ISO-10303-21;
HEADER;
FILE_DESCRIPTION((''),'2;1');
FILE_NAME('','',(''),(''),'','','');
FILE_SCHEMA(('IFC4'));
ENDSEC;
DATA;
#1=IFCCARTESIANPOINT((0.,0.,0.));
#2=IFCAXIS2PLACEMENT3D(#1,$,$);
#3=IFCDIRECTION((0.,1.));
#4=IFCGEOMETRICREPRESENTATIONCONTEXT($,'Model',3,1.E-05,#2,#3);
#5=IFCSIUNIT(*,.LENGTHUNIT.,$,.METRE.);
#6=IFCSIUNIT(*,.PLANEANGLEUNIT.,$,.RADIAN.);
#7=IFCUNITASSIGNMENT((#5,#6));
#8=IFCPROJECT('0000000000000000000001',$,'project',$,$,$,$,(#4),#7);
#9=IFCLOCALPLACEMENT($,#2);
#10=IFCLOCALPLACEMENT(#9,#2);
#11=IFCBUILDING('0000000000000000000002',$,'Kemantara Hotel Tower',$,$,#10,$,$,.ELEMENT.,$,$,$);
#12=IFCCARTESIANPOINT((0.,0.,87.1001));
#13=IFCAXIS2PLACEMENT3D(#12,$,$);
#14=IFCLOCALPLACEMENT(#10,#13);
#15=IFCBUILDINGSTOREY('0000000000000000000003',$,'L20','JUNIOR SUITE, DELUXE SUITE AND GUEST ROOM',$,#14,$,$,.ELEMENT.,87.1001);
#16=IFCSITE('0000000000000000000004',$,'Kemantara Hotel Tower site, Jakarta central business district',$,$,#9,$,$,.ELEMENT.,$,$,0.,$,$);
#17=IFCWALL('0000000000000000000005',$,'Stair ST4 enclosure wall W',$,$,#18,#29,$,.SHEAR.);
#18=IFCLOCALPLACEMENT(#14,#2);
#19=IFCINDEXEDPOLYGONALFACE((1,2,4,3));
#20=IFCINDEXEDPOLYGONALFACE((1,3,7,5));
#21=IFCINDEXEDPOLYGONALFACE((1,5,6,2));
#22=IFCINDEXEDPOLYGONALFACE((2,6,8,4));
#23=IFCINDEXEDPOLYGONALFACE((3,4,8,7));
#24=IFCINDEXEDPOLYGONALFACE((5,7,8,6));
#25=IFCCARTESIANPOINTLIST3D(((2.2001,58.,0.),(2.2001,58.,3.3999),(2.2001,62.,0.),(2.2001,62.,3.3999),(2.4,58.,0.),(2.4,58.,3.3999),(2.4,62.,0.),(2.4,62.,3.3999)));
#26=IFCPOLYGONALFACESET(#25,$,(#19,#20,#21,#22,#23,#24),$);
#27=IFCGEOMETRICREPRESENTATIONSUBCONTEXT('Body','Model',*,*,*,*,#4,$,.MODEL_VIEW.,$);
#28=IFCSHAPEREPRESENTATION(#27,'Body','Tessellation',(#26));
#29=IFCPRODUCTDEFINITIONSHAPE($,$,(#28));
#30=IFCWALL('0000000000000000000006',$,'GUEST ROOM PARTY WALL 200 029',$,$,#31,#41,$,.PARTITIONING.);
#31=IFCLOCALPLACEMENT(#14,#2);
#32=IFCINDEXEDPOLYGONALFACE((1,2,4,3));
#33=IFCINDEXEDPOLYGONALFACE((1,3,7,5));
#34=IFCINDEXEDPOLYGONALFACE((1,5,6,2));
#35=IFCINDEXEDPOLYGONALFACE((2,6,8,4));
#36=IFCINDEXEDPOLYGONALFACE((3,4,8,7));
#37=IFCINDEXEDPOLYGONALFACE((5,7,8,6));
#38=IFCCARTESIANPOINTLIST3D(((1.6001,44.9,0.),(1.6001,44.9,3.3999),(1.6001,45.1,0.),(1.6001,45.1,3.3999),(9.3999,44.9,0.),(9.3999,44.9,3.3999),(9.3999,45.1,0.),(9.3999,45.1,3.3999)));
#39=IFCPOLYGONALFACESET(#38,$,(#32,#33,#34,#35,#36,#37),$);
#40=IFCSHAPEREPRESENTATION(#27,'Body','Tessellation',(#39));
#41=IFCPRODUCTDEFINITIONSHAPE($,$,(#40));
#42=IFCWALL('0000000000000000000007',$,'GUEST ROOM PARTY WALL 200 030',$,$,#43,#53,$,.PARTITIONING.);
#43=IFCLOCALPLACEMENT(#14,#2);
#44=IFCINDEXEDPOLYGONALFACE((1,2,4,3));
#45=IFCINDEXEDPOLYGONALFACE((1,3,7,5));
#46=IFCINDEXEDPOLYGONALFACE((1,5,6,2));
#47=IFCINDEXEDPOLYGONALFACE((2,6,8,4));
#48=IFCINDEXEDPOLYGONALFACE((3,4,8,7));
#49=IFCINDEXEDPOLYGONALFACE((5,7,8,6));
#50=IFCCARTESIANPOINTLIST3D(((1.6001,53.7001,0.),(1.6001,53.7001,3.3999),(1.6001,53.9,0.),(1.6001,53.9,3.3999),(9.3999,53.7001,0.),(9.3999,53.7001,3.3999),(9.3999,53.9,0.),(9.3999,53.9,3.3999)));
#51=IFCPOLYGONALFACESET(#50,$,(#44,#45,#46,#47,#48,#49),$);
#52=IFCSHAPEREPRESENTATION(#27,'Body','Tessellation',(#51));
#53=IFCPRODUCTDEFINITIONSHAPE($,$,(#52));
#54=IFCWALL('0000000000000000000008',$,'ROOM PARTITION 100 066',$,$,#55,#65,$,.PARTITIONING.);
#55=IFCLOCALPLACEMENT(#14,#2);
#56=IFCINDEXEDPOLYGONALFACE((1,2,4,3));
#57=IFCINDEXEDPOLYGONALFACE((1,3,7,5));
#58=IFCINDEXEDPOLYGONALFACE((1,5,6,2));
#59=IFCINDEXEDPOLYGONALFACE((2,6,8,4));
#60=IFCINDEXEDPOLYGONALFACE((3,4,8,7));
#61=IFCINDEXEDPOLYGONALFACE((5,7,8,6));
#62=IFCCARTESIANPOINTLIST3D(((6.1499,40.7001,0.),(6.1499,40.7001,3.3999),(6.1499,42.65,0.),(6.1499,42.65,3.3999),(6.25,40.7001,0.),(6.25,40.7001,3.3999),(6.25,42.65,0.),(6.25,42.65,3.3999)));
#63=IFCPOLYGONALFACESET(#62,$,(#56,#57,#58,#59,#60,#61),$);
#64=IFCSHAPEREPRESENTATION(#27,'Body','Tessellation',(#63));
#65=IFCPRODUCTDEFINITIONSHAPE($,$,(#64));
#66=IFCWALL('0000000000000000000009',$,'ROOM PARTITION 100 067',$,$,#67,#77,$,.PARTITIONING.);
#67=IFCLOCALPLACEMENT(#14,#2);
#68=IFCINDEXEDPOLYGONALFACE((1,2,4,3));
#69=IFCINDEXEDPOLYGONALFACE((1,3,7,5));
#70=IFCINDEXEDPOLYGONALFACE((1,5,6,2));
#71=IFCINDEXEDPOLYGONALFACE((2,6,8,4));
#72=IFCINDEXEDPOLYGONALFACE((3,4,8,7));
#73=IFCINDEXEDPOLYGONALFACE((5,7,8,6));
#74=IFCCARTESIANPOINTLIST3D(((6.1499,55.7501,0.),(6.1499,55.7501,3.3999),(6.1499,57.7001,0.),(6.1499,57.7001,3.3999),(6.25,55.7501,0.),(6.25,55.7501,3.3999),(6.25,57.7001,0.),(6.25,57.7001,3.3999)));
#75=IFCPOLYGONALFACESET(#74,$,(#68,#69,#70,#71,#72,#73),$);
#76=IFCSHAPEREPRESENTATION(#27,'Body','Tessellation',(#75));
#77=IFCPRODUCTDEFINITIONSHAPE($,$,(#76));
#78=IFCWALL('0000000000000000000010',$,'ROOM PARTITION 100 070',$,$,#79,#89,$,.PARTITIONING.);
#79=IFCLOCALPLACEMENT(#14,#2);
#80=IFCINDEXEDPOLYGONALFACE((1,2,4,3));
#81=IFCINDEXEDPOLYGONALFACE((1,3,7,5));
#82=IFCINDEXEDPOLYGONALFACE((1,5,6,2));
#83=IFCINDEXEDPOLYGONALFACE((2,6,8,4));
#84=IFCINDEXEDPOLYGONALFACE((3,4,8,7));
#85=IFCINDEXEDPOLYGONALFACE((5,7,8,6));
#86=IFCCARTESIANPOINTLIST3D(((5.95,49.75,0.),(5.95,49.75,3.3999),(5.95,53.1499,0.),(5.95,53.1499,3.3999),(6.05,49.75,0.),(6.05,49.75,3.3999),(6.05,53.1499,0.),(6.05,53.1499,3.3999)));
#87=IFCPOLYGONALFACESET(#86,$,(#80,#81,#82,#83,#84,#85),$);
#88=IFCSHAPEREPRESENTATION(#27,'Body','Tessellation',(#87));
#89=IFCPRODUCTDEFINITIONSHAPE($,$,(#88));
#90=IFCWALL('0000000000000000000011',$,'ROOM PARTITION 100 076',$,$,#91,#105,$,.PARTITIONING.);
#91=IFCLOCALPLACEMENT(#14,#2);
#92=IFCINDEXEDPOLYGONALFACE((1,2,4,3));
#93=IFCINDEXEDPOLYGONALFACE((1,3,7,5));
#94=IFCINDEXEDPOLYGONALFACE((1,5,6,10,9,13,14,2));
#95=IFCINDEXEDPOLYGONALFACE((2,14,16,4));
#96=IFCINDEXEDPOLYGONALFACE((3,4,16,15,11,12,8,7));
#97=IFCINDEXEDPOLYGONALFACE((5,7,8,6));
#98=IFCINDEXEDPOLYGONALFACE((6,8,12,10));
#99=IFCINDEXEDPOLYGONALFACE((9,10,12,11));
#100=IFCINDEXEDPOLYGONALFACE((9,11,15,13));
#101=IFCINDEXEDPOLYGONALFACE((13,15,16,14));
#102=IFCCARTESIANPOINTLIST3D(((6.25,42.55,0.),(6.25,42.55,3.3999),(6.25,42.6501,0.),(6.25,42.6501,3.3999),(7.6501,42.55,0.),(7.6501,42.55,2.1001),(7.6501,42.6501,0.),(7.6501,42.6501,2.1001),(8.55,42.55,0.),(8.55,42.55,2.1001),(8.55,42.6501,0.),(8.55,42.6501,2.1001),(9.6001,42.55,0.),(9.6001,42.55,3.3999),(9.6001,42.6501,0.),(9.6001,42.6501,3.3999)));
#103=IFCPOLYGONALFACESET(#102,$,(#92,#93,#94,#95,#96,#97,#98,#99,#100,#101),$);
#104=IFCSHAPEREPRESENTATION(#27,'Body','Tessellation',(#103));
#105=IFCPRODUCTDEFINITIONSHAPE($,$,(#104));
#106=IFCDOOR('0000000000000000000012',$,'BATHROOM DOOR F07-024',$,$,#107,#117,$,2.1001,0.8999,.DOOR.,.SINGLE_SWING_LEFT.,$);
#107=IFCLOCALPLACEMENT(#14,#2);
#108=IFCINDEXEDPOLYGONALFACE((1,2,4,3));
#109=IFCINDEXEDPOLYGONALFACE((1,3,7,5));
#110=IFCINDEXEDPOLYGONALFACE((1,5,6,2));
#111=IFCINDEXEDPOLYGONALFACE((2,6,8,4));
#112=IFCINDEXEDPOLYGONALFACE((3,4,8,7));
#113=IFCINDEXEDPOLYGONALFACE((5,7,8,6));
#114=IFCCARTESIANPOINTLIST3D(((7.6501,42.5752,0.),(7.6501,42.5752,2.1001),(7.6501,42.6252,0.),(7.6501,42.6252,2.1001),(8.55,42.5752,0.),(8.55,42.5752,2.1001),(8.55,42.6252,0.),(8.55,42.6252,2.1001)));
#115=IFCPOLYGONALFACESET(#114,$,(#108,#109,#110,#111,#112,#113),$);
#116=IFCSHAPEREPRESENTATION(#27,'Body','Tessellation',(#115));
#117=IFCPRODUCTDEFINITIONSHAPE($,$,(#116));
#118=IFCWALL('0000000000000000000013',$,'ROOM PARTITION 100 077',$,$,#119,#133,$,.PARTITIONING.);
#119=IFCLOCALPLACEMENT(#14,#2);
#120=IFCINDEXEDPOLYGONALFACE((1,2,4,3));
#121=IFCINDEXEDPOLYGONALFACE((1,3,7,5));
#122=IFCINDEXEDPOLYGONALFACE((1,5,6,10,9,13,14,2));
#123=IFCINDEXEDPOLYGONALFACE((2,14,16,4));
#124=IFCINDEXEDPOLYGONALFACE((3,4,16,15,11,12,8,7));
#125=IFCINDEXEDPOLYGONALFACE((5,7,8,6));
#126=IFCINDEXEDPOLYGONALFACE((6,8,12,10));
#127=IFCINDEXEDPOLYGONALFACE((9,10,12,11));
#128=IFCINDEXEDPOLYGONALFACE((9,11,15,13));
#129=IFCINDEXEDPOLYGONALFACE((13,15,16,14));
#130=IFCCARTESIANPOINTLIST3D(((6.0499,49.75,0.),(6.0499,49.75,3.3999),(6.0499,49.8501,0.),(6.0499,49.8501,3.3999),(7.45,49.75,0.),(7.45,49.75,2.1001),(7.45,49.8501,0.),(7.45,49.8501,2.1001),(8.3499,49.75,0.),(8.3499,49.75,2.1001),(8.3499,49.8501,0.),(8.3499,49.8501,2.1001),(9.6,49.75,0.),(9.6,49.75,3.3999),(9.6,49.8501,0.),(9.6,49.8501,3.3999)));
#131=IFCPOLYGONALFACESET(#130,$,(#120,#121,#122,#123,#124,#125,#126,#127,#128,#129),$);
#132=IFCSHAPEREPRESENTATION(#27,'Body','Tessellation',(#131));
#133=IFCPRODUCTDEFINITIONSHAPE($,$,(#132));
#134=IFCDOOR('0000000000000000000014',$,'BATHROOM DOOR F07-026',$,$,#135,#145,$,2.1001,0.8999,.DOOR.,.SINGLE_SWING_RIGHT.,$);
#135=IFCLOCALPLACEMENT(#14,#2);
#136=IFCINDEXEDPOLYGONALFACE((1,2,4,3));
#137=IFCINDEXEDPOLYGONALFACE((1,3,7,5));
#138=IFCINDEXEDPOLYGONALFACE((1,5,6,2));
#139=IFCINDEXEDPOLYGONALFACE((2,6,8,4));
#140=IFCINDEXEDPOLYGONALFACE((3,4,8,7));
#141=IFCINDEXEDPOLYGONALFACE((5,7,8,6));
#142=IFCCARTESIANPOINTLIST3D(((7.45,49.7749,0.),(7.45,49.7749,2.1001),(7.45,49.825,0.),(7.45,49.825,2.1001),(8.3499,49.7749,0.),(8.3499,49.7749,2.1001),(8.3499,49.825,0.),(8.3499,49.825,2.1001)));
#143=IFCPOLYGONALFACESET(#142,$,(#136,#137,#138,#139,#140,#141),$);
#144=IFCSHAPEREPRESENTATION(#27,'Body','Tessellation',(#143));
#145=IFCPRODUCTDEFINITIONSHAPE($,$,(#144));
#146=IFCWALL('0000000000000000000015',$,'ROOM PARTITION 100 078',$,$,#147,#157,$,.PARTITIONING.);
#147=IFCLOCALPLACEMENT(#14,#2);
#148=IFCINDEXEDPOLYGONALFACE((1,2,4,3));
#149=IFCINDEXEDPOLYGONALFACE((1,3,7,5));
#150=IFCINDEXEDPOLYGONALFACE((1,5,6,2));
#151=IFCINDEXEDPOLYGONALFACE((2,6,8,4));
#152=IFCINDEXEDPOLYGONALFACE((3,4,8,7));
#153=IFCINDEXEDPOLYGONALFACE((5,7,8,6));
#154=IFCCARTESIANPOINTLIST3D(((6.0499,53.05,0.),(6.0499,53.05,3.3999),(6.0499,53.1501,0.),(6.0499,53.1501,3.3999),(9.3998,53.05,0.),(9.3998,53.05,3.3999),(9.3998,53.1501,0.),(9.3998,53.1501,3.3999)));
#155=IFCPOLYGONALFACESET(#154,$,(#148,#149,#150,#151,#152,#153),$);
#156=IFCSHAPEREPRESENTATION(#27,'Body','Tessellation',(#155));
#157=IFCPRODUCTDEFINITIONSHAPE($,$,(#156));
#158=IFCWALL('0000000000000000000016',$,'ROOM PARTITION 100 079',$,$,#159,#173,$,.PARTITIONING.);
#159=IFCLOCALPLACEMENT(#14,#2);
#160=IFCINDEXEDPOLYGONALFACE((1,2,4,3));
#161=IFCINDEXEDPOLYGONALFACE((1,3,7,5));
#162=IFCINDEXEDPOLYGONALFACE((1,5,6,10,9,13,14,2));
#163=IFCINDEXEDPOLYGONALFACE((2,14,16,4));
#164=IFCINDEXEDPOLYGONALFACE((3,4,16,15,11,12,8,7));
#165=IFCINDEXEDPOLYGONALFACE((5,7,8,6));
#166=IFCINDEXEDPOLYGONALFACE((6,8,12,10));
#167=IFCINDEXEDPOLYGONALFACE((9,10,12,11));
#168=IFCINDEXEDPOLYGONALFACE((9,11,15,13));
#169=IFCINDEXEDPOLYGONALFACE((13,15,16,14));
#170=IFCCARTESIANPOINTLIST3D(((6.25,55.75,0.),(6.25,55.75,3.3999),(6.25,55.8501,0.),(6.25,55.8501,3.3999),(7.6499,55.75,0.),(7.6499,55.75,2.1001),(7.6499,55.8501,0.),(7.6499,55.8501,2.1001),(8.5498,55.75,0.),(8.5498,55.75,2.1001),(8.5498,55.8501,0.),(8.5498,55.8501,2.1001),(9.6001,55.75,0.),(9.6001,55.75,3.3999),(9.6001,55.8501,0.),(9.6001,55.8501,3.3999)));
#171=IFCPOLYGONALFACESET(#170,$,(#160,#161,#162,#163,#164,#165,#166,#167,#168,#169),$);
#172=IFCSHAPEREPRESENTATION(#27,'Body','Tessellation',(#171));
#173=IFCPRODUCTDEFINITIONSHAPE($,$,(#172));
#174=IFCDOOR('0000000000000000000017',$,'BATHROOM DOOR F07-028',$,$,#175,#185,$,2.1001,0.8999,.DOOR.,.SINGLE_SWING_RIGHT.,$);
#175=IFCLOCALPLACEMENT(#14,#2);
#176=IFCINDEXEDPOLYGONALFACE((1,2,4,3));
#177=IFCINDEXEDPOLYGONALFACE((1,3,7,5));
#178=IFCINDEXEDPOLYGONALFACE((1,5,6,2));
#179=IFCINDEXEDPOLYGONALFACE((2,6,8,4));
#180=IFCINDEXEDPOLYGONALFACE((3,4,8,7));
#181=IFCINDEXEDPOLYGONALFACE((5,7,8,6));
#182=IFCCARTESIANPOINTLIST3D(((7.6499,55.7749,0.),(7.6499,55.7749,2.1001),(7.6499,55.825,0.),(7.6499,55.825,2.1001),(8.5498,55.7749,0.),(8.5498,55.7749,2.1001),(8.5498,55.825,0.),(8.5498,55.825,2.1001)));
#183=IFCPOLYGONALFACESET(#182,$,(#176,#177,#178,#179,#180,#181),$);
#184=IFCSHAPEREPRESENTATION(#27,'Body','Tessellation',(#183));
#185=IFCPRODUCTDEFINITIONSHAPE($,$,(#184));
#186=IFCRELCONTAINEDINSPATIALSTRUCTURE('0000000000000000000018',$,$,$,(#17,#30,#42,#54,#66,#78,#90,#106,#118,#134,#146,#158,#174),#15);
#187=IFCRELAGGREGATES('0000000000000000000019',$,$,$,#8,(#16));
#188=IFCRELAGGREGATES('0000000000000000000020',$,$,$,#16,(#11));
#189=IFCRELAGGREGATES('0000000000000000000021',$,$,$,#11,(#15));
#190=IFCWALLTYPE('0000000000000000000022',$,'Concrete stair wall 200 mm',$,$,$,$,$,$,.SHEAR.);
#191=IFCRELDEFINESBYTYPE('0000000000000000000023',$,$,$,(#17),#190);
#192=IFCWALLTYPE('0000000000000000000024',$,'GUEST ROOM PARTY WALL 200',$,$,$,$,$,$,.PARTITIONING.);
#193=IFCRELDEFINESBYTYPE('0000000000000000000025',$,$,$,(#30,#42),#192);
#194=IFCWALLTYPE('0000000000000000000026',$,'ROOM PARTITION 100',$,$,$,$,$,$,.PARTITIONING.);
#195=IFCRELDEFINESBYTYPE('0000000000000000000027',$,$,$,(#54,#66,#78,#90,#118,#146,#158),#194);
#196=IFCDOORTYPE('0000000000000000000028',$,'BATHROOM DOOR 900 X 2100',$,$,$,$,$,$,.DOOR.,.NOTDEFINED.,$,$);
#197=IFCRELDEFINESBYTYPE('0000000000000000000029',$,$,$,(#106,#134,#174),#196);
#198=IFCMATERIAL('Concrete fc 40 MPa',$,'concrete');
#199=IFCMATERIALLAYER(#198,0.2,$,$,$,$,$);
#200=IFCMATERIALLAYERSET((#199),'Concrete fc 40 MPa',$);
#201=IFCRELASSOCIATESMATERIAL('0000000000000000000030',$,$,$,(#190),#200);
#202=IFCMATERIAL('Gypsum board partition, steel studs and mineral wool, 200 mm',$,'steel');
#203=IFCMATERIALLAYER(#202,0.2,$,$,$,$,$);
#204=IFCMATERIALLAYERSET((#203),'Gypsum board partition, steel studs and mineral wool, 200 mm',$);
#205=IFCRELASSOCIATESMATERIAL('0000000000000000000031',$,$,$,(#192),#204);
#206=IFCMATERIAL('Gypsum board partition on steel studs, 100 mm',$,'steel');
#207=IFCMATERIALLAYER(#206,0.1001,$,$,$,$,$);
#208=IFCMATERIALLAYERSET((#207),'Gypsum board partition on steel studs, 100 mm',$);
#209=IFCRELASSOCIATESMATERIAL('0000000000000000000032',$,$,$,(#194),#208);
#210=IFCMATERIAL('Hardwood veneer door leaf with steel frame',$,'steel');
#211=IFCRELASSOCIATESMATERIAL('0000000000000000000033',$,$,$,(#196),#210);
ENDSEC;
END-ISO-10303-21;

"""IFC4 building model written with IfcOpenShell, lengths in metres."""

from ifc_helpers import new_model, si_unit, direction, frame, frame_2d, origin, place, context, subcontext, project, spatial, rectangle, extrude, material, layer, layer_set, type_object, element, fill, save


model = new_model("IFC4")

# Units and contexts
model_context = context("Model", 3, precision=1e-05, world=origin(), true_north=direction((0.0, 1.0)))
body_context = subcontext(model_context, "Body", "Model", "MODEL_VIEW")
ifc_project = project(units=[si_unit("LENGTHUNIT", "METRE"), si_unit("PLANEANGLEUNIT", "RADIAN")], contexts=[model_context])

# Site, building, storey
site_placement = place(None, origin())
site = spatial("IfcSite", under=ifc_project, at=site_placement, Name="Kemantara Hotel Tower site, Jakarta central business district", CompositionType="ELEMENT", RefElevation=0.0)
building_placement = place(site_placement, origin())
building = spatial("IfcBuilding", under=site, at=building_placement, Name="Kemantara Hotel Tower", CompositionType="ELEMENT")
storey_placement = place(building_placement, frame((0.0, 0.0, 87.1001)))
storey = spatial("IfcBuildingStorey", under=building, at=storey_placement, Name="L20", Description="JUNIOR SUITE, DELUXE SUITE AND GUEST ROOM", CompositionType="ELEMENT", Elevation=87.1001)

# Shared definitions
ifc_material_1 = material(Name="Gypsum board partition, steel studs and mineral wool, 200 mm", Category="steel")
ifc_material_2 = material(Name="Hardwood veneer door leaf with steel frame", Category="steel")
ifc_material_3 = material(Name="Concrete fc 40 MPa", Category="concrete")
ifc_layer_1 = layer(ifc_material_3, 0.2)
ifc_layer_set_1 = layer_set([ifc_layer_1], Name="Concrete fc 40 MPa")
wall_type_1 = type_object("IfcWallType", Name="Concrete stair wall 200 mm", PredefinedType="SHEAR", material=ifc_layer_set_1)

# Walls
wall_1_placement = place(storey_placement, frame((2.3, 58.0, 0.0), z_axis=(0.0, 0.0, 1.0), x_axis=(0.0, 1.0, 0.0)))
element("IfcWall", 1, at=wall_1_placement, inside=storey, type_object=wall_type_1, Name="Stair ST4 enclosure wall W", PredefinedType="SHEAR", context=body_context, shape_type="SweptSolid", body=[
    extrude(rectangle(XDim=4.0, YDim=0.2, at=frame_2d((2.0, 0.0))), origin(), (0.0, 0.0, 1.0), 3.3999),
])
ifc_layer_2 = layer(ifc_material_1, 0.2)
ifc_layer_set_2 = layer_set([ifc_layer_2], Name="Gypsum board partition, steel studs and mineral wool, 200 mm")
wall_type_2 = type_object("IfcWallType", Name="GUEST ROOM PARTY WALL 200", PredefinedType="PARTITIONING", material=ifc_layer_set_2)
for number, where, z_axis, x_axis, name in (
    (2, (1.6001, 45.0, 0.0), (0.0, 0.0, 1.0), (1.0, 0.0, 0.0), "GUEST ROOM PARTY WALL 200 029"),
    (3, (1.6001, 53.8, 0.0), (0.0, 0.0, 1.0), (1.0, 0.0, 0.0), "GUEST ROOM PARTY WALL 200 030"),
):
    element("IfcWall", number, at=place(storey_placement, frame(where, z_axis=z_axis, x_axis=x_axis)), inside=storey, type_object=wall_type_2, Name=name, PredefinedType="PARTITIONING", context=body_context, shape_type="SweptSolid", body=[
        extrude(rectangle(XDim=7.7998, YDim=0.2, at=frame_2d((3.8999, 0.0))), origin(), (0.0, 0.0, 1.0), 3.3999),
    ])
ifc_material_4 = material(Name="Gypsum board partition on steel studs, 100 mm", Category="steel")
ifc_layer_3 = layer(ifc_material_4, 0.1001)
ifc_layer_set_3 = layer_set([ifc_layer_3], Name="Gypsum board partition on steel studs, 100 mm")
wall_type_3 = type_object("IfcWallType", Name="ROOM PARTITION 100", PredefinedType="PARTITIONING", material=ifc_layer_set_3)
for number, where, z_axis, x_axis, name in (
    (4, (6.2, 40.7, 0.0), (0.0, 0.0, 1.0), (0.0, 1.0, 0.0), "ROOM PARTITION 100 066"),
    (5, (6.2, 55.75, 0.0), (0.0, 0.0, 1.0), (0.0, 1.0, 0.0), "ROOM PARTITION 100 067"),
):
    element("IfcWall", number, at=place(storey_placement, frame(where, z_axis=z_axis, x_axis=x_axis)), inside=storey, type_object=wall_type_3, Name=name, PredefinedType="PARTITIONING", context=body_context, shape_type="SweptSolid", body=[
        extrude(rectangle(XDim=1.95, YDim=0.1001, at=frame_2d((0.9751, 0.0))), origin(), (0.0, 0.0, 1.0), 3.3999),
    ])
wall_2_placement = place(storey_placement, frame((6.0, 49.75, 0.0), z_axis=(0.0, 0.0, 1.0), x_axis=(0.0, 1.0, 0.0)))
element("IfcWall", 6, at=wall_2_placement, inside=storey, type_object=wall_type_3, Name="ROOM PARTITION 100 070", PredefinedType="PARTITIONING", context=body_context, shape_type="SweptSolid", body=[
    extrude(rectangle(XDim=3.3999, YDim=0.1001, at=frame_2d((1.7, 0.0))), origin(), (0.0, 0.0, 1.0), 3.3999),
])

# Walls, openings, doors
wall_3_placement = place(storey_placement, frame((9.6001, 42.6001, 0.0), z_axis=(0.0, 0.0, 1.0), x_axis=(-1.0, 0.0, 0.0)))
wall_3 = element("IfcWall", 7, at=wall_3_placement, inside=storey, type_object=wall_type_3, Name="ROOM PARTITION 100 076", PredefinedType="PARTITIONING", context=body_context, shape_type="SweptSolid", body=[
    extrude(rectangle(XDim=3.3501, YDim=0.1001, at=frame_2d((1.675, 0.0))), origin(), (0.0, 0.0, 1.0), 3.3999),
])
opening_1_placement = place(wall_3_placement, frame((1.05, 0.0, 0.0)))
opening_1 = element("IfcOpeningElement", 8, at=opening_1_placement, cuts=wall_3, PredefinedType="OPENING", context=body_context, shape_type="SweptSolid", body=[
    extrude(rectangle(XDim=0.8999, YDim=2.1001, at=frame_2d((0.45, 1.05))), frame((0.0, 0.0601, 0.0), z_axis=(0.0, -1.0, 0.0), x_axis=(1.0, 0.0, 0.0)), (0.0, 0.0, 1.0), 0.1201),
])
door_type_1 = type_object("IfcDoorType", Name="BATHROOM DOOR 900 X 2100", OperationType="NOTDEFINED", PredefinedType="DOOR", material=ifc_material_2)
door_1_placement = place(opening_1_placement, origin())
door_1 = element("IfcDoor", 9, at=door_1_placement, inside=storey, type_object=door_type_1, Name="BATHROOM DOOR F07-024", OperationType="SINGLE_SWING_LEFT", OverallHeight=2.1001, OverallWidth=0.8999, PredefinedType="DOOR", context=body_context, shape_type="SweptSolid", body=[
    extrude(rectangle(XDim=0.8999, YDim=2.1001, at=frame_2d((0.45, 1.05))), frame((0.0, 0.0249, 0.0), z_axis=(0.0, -1.0, 0.0), x_axis=(1.0, 0.0, 0.0)), (0.0, 0.0, 1.0), 0.05),
])
fill(opening_1, door_1)
wall_4_placement = place(storey_placement, frame((6.05, 49.8, 0.0), z_axis=(0.0, 0.0, 1.0), x_axis=(1.0, 0.0, 0.0)))
wall_4 = element("IfcWall", 10, at=wall_4_placement, inside=storey, type_object=wall_type_3, Name="ROOM PARTITION 100 077", PredefinedType="PARTITIONING", context=body_context, shape_type="SweptSolid", body=[
    extrude(rectangle(XDim=3.55, YDim=0.1001, at=frame_2d((1.7749, 0.0))), origin(), (0.0, 0.0, 1.0), 3.3999),
])
opening_2_placement = place(wall_4_placement, frame((1.3999, 0.0, 0.0)))
opening_2 = element("IfcOpeningElement", 11, at=opening_2_placement, cuts=wall_4, PredefinedType="OPENING", context=body_context, shape_type="SweptSolid", body=[
    extrude(rectangle(XDim=0.8999, YDim=2.1001, at=frame_2d((0.45, 1.05))), frame((0.0, 0.0601, 0.0), z_axis=(0.0, -1.0, 0.0), x_axis=(1.0, 0.0, 0.0)), (0.0, 0.0, 1.0), 0.1201),
])
door_2_placement = place(opening_2_placement, origin())
door_2 = element("IfcDoor", 12, at=door_2_placement, inside=storey, type_object=door_type_1, Name="BATHROOM DOOR F07-026", OperationType="SINGLE_SWING_RIGHT", OverallHeight=2.1001, OverallWidth=0.8999, PredefinedType="DOOR", context=body_context, shape_type="SweptSolid", body=[
    extrude(rectangle(XDim=0.8999, YDim=2.1001, at=frame_2d((0.45, 1.05))), frame((0.0, 0.0249, 0.0), z_axis=(0.0, -1.0, 0.0), x_axis=(1.0, 0.0, 0.0)), (0.0, 0.0, 1.0), 0.05),
])
fill(opening_2, door_2)

# Wall
wall_5_placement = place(storey_placement, frame((6.05, 53.1001, 0.0), z_axis=(0.0, 0.0, 1.0), x_axis=(1.0, 0.0, 0.0)))
element("IfcWall", 13, at=wall_5_placement, inside=storey, type_object=wall_type_3, Name="ROOM PARTITION 100 078", PredefinedType="PARTITIONING", context=body_context, shape_type="SweptSolid", body=[
    extrude(rectangle(XDim=3.3499, YDim=0.1001, at=frame_2d((1.6748, 0.0))), origin(), (0.0, 0.0, 1.0), 3.3999),
])

# Wall, opening, door
wall_6_placement = place(storey_placement, frame((6.25, 55.8, 0.0), z_axis=(0.0, 0.0, 1.0), x_axis=(1.0, 0.0, 0.0)))
wall_6 = element("IfcWall", 14, at=wall_6_placement, inside=storey, type_object=wall_type_3, Name="ROOM PARTITION 100 079", PredefinedType="PARTITIONING", context=body_context, shape_type="SweptSolid", body=[
    extrude(rectangle(XDim=3.3501, YDim=0.1001, at=frame_2d((1.675, 0.0))), origin(), (0.0, 0.0, 1.0), 3.3999),
])
opening_3_placement = place(wall_6_placement, frame((1.3999, 0.0, 0.0)))
opening_3 = element("IfcOpeningElement", 15, at=opening_3_placement, cuts=wall_6, PredefinedType="OPENING", context=body_context, shape_type="SweptSolid", body=[
    extrude(rectangle(XDim=0.8999, YDim=2.1001, at=frame_2d((0.45, 1.05))), frame((0.0, 0.0601, 0.0), z_axis=(0.0, -1.0, 0.0), x_axis=(1.0, 0.0, 0.0)), (0.0, 0.0, 1.0), 0.1201),
])
door_3_placement = place(opening_3_placement, origin())
door_3 = element("IfcDoor", 16, at=door_3_placement, inside=storey, type_object=door_type_1, Name="BATHROOM DOOR F07-028", OperationType="SINGLE_SWING_RIGHT", OverallHeight=2.1001, OverallWidth=0.8999, PredefinedType="DOOR", context=body_context, shape_type="SweptSolid", body=[
    extrude(rectangle(XDim=0.8999, YDim=2.1001, at=frame_2d((0.45, 1.05))), frame((0.0, 0.0249, 0.0), z_axis=(0.0, -1.0, 0.0), x_axis=(1.0, 0.0, 0.0)), (0.0, 0.0, 1.0), 0.05),
])
fill(opening_3, door_3)

save(model, "model.ifc")
